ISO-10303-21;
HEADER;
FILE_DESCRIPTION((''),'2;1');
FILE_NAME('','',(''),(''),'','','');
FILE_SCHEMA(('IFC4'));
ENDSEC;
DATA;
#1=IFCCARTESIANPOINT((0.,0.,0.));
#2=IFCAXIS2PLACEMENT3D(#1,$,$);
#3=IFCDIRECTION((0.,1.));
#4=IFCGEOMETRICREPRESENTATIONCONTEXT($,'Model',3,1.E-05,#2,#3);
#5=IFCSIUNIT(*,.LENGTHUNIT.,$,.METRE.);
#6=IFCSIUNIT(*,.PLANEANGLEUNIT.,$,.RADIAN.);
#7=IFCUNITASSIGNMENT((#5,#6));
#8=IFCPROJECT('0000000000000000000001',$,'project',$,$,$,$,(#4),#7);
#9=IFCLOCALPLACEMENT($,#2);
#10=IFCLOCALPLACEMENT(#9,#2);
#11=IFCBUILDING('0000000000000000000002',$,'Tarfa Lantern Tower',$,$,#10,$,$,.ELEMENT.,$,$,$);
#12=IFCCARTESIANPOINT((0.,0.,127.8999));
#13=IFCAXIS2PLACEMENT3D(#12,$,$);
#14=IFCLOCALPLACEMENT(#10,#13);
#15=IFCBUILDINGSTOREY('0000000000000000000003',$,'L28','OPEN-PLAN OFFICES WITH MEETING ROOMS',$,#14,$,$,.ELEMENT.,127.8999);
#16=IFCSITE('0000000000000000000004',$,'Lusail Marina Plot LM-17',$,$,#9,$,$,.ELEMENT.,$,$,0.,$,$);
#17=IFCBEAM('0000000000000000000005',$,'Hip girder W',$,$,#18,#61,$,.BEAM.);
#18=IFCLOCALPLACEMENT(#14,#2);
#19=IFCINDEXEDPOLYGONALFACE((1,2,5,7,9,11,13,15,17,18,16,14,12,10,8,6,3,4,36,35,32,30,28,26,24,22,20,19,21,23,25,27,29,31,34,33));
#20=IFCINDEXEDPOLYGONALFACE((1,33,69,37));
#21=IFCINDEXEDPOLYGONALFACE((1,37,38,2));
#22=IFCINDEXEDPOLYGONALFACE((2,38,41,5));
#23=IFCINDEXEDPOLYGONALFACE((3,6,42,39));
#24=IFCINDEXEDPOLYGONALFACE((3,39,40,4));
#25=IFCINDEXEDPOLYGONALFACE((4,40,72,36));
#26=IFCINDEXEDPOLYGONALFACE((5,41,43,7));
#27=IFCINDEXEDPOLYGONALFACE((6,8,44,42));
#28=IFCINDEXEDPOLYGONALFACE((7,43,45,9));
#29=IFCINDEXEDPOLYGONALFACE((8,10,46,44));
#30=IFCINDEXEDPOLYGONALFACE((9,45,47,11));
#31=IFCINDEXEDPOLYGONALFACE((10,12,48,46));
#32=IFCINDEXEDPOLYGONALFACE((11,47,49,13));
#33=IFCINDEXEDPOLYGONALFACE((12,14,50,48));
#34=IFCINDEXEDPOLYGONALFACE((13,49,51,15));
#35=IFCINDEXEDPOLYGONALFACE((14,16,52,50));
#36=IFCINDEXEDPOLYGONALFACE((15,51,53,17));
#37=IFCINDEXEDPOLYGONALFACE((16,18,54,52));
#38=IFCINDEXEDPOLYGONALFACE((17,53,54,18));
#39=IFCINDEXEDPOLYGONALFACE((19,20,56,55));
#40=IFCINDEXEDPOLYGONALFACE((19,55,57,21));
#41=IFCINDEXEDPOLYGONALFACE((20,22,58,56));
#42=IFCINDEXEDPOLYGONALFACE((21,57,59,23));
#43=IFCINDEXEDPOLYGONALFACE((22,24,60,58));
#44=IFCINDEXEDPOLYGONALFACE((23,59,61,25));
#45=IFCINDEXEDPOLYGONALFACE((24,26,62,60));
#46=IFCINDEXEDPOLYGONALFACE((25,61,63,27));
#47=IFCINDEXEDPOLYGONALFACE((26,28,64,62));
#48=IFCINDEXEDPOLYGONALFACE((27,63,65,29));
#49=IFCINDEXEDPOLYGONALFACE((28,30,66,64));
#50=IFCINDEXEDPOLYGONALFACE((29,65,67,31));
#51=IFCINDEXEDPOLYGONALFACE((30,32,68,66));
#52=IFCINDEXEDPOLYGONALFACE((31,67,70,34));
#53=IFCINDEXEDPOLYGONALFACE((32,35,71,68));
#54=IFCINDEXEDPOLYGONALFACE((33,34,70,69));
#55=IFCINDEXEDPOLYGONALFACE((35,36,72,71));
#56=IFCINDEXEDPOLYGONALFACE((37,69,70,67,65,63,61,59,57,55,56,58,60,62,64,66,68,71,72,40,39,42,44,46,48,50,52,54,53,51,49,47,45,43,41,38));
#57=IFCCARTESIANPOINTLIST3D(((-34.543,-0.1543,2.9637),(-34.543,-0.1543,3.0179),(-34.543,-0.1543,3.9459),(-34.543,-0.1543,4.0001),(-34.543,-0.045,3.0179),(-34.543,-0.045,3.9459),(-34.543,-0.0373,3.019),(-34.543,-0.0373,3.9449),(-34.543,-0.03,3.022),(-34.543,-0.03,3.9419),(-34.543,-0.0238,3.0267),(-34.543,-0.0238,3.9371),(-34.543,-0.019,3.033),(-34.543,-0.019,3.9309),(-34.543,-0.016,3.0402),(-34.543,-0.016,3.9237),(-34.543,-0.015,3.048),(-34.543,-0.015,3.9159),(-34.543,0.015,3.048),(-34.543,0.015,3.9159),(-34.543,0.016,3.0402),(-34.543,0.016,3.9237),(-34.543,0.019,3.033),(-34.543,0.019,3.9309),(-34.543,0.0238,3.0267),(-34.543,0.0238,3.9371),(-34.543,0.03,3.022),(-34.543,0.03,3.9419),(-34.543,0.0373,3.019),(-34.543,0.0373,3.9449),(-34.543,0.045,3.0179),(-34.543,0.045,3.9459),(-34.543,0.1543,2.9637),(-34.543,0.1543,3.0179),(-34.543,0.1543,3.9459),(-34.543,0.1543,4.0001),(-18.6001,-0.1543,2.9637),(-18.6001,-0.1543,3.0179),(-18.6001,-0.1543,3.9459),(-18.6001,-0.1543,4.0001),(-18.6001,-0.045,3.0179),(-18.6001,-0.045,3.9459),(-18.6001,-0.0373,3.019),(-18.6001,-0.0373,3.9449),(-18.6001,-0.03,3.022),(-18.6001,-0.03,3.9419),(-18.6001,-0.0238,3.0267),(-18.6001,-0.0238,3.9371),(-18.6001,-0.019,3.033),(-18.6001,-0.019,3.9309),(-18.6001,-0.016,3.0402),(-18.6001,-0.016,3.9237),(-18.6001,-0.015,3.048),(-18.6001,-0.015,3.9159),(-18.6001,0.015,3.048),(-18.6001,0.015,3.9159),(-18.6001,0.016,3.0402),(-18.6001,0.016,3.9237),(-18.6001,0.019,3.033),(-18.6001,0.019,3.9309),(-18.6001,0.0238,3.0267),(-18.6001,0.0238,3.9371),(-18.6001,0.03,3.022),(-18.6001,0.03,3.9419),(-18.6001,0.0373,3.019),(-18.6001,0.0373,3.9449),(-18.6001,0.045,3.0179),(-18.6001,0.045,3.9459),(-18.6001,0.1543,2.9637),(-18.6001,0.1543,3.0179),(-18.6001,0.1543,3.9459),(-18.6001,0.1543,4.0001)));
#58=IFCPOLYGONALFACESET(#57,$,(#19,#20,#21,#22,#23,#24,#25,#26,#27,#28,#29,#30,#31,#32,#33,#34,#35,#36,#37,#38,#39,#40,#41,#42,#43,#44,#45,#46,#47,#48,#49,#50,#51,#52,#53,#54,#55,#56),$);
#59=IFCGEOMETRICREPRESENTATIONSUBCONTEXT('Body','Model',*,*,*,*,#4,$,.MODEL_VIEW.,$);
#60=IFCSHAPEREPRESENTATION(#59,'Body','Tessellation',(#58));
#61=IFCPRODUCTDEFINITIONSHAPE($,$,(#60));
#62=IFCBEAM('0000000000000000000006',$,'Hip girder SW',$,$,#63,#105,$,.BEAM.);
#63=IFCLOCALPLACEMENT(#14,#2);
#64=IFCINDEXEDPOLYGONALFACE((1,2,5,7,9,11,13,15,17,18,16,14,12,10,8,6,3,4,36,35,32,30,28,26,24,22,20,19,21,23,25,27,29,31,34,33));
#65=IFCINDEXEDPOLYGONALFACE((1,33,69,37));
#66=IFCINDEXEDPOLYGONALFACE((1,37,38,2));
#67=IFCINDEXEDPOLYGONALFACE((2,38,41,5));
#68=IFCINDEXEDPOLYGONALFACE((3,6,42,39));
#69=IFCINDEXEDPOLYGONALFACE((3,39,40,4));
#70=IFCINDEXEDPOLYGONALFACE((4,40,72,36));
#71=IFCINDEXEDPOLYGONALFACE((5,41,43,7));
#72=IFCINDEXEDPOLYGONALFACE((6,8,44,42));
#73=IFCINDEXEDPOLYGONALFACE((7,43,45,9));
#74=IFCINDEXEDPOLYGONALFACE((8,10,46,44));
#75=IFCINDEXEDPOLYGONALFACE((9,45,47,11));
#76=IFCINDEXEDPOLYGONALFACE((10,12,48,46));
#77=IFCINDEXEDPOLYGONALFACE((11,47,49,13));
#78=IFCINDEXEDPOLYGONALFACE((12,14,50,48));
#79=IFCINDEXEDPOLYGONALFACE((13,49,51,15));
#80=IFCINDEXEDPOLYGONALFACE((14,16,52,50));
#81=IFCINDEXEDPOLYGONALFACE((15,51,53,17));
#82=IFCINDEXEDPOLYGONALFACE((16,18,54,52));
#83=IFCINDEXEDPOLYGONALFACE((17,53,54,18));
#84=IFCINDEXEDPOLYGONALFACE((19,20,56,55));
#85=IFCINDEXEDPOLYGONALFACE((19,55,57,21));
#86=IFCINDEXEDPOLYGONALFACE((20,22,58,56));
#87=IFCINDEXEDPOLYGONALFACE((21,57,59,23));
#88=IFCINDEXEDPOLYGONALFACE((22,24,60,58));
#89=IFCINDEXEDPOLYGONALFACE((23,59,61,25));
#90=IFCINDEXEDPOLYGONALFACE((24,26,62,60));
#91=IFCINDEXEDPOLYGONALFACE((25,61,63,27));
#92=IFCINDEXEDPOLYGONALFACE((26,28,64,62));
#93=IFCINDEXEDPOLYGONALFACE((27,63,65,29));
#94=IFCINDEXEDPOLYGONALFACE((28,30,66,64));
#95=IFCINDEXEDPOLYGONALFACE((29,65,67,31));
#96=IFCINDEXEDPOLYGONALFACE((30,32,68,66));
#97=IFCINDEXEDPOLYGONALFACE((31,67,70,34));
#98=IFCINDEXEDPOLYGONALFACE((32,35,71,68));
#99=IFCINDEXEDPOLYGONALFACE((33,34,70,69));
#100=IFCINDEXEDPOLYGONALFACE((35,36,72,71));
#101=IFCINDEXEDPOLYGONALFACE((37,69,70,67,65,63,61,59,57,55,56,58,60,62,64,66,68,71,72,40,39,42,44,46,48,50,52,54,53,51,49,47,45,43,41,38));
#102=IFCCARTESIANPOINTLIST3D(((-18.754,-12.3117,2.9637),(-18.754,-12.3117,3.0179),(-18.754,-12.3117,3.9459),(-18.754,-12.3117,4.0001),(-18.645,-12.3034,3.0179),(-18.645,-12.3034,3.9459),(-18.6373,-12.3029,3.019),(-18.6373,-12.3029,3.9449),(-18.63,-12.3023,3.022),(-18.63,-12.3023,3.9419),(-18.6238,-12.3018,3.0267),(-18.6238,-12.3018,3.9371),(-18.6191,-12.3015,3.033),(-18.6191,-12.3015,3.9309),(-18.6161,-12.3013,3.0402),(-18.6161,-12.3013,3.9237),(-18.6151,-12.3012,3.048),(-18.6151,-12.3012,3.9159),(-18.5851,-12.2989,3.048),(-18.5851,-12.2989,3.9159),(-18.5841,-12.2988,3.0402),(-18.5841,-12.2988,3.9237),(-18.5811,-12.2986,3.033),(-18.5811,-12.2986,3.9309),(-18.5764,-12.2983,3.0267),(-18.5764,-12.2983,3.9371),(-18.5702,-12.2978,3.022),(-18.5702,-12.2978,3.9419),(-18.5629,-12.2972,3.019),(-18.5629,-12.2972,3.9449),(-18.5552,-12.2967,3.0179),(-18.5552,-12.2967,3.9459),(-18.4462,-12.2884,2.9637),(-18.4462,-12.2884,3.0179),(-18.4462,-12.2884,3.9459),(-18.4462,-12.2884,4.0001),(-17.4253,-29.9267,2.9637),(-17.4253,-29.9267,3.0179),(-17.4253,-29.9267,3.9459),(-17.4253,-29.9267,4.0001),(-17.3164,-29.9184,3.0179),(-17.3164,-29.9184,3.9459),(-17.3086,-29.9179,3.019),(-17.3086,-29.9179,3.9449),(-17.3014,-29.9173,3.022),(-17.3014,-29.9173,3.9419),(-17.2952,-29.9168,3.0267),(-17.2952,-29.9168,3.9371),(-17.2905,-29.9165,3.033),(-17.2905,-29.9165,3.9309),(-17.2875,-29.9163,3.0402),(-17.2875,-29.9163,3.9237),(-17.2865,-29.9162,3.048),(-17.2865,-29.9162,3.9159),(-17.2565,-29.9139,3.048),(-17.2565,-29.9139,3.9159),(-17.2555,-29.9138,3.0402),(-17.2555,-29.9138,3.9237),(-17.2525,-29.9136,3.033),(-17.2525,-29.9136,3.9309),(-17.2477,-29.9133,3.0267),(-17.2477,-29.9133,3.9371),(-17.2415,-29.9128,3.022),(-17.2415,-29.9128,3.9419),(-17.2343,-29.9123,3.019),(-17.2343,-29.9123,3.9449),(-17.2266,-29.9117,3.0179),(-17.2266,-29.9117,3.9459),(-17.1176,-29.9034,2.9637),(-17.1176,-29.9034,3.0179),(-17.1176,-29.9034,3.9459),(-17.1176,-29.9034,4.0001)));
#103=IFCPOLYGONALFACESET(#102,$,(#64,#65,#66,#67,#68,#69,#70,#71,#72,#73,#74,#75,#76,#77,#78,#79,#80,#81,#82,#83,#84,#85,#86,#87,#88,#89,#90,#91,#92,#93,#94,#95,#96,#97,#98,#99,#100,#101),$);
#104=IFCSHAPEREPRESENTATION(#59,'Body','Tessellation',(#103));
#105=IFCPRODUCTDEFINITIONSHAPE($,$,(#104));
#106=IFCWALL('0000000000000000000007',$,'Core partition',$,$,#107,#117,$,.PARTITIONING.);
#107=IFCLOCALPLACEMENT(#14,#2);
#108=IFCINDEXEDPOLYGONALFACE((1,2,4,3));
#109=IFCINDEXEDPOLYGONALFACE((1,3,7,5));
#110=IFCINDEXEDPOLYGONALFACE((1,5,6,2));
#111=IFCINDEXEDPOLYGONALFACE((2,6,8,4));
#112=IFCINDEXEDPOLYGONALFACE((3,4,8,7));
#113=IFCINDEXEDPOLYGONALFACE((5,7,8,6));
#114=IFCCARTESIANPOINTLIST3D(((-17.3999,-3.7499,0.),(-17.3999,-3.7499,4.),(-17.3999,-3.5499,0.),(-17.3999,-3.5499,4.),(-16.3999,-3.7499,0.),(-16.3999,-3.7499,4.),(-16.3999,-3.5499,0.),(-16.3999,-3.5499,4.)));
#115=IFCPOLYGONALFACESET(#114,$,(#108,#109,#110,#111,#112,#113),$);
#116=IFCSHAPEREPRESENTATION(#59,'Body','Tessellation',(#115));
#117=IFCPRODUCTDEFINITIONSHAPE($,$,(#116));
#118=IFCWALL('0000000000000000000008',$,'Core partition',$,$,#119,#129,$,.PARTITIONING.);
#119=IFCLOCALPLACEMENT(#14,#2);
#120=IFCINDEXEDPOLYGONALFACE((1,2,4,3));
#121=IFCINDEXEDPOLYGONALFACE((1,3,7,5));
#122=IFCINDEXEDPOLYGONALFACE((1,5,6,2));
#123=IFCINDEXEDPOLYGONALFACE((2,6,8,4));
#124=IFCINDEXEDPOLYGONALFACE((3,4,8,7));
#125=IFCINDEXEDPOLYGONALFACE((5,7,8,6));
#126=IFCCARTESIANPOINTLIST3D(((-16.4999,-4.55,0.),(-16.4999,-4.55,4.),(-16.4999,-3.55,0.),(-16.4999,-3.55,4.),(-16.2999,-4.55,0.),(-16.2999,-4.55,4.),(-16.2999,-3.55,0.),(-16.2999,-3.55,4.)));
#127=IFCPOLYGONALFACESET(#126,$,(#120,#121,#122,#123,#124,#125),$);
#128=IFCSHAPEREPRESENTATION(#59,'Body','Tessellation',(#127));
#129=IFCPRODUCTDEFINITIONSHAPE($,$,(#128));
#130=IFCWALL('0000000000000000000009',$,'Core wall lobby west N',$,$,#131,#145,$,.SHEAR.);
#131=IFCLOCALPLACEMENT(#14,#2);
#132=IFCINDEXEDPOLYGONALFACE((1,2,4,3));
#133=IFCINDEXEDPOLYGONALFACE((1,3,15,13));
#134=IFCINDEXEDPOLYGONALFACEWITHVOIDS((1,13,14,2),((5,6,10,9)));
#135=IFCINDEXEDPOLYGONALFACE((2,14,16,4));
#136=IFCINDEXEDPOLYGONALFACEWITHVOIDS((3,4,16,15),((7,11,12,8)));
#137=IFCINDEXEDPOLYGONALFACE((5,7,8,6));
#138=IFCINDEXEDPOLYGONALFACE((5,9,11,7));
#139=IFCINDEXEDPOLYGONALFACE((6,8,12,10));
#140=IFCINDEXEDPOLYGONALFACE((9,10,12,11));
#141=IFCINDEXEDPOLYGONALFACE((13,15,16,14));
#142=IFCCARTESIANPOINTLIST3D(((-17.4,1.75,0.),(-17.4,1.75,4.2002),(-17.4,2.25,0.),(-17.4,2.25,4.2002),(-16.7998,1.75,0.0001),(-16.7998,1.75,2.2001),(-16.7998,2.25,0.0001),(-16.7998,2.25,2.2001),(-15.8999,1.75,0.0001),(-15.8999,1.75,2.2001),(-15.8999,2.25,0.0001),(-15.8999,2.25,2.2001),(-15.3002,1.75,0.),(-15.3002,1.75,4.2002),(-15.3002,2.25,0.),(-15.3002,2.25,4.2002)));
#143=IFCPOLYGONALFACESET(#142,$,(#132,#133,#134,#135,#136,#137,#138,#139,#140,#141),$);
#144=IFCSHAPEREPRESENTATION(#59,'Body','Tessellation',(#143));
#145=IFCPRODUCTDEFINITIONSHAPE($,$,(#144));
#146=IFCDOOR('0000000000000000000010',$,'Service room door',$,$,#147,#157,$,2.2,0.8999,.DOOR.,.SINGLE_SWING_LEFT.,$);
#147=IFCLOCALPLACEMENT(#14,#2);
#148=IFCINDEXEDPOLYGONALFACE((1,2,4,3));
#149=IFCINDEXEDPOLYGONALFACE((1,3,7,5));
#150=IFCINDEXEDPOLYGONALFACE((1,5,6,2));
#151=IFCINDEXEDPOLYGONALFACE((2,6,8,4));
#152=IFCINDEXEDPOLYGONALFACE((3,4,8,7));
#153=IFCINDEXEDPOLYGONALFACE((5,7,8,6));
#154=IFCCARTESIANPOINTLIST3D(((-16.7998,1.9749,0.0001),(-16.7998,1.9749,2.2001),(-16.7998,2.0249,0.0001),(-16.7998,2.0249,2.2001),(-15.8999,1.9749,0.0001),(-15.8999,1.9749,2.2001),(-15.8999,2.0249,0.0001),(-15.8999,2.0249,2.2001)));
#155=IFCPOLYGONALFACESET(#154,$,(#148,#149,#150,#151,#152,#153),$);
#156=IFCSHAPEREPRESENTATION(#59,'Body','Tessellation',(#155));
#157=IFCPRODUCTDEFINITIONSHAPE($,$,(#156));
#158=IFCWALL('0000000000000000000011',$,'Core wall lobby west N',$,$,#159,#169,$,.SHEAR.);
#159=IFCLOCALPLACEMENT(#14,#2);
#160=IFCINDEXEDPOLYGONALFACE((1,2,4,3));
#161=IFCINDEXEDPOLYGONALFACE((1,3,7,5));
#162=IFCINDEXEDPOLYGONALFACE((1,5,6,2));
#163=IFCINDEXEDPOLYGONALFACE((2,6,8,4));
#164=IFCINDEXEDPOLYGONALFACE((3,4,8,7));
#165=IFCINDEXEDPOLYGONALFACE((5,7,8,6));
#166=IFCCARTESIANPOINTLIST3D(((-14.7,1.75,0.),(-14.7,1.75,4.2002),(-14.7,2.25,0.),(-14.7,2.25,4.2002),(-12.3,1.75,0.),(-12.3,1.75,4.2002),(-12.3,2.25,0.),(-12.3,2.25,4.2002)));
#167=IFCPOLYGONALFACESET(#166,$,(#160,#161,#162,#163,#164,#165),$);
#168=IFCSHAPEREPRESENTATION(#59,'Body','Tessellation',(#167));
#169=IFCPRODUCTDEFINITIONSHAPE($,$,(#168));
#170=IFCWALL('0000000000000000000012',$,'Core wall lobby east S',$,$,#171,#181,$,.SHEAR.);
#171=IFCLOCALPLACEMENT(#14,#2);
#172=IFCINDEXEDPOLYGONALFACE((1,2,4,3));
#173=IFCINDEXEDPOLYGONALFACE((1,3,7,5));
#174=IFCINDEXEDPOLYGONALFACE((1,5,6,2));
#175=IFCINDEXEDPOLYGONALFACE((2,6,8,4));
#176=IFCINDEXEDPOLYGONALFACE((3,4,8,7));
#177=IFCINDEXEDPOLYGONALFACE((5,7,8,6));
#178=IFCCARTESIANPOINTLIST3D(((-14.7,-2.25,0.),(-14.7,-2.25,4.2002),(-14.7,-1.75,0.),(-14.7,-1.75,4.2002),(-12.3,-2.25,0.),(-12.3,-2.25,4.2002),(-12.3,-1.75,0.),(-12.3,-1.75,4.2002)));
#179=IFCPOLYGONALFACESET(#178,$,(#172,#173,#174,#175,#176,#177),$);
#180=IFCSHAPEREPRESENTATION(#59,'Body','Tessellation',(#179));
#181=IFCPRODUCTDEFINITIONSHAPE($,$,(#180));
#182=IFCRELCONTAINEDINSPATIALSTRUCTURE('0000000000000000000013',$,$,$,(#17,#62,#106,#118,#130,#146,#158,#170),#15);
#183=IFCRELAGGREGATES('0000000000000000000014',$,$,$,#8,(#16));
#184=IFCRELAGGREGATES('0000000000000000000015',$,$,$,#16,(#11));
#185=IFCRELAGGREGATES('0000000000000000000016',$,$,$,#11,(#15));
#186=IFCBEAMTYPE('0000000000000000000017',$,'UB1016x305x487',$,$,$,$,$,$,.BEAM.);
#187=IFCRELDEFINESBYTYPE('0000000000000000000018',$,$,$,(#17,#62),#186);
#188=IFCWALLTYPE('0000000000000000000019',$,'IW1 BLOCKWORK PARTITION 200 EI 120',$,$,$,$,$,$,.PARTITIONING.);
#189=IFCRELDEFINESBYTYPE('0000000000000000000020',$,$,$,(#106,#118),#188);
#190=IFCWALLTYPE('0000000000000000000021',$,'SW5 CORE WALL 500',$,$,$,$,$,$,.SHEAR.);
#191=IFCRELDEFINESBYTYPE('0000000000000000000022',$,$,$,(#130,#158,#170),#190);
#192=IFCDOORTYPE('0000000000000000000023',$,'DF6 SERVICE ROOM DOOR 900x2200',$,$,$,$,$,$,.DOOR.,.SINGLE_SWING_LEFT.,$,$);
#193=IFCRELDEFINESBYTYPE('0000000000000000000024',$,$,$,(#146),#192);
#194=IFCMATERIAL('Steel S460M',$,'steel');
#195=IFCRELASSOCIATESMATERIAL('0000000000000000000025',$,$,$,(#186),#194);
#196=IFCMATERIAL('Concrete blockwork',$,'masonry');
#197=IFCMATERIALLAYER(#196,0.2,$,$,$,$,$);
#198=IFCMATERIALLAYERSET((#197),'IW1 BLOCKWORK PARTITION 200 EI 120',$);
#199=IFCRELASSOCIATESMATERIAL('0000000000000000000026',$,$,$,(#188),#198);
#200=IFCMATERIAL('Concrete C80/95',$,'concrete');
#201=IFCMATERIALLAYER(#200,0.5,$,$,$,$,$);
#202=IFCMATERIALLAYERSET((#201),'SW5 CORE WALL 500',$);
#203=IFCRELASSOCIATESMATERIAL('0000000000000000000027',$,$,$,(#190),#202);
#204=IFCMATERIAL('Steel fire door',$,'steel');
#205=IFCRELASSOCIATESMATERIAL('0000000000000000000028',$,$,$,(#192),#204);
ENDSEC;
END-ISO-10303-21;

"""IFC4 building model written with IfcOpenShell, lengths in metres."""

from ifc_helpers import new_model, si_unit, direction, frame, frame_2d, origin, origin_2d, place, context, subcontext, project, spatial, rectangle, i_section, extrude, material, layer, layer_set, material_profile, profile_set, type_object, element, fill, save


model = new_model("IFC4")

# Units and contexts
model_context = context("Model", 3, precision=1e-05, world=origin(), true_north=direction((0.0, 1.0)))
body_context = subcontext(model_context, "Body", "Model", "MODEL_VIEW")
ifc_project = project(units=[si_unit("LENGTHUNIT", "METRE"), si_unit("PLANEANGLEUNIT", "RADIAN")], contexts=[model_context])

# Site, building, storey
site_placement = place(None, origin())
site = spatial("IfcSite", under=ifc_project, at=site_placement, Name="Lusail Marina Plot LM-17", CompositionType="ELEMENT", RefElevation=0.0)
building_placement = place(site_placement, origin())
building = spatial("IfcBuilding", under=site, at=building_placement, Name="Tarfa Lantern Tower", CompositionType="ELEMENT")
storey_placement = place(building_placement, frame((0.0, 0.0, 127.8999)))
storey = spatial("IfcBuildingStorey", under=building, at=storey_placement, Name="L28", Description="OPEN-PLAN OFFICES WITH MEETING ROOMS", CompositionType="ELEMENT", Elevation=127.8999)

# Beams
ifc_material_1 = material(Name="Steel S460M", Category="steel")
ifc_material_profile = material_profile(ifc_material_1, i_section(OverallWidth=0.3086, OverallDepth=1.0364, WebThickness=0.03, FlangeThickness=0.0542, FilletRadius=0.03, at=origin_2d()), Name="UB1016x305x487")
ifc_profile_set = profile_set([ifc_material_profile], Name="Steel S460M")
beam_type = type_object("IfcBeamType", Name="UB1016x305x487", PredefinedType="BEAM", material=ifc_profile_set)
beam_1_placement = place(storey_placement, frame((-18.6001, 0.0, 3.4819), z_axis=(-1.0, 0.0, 0.0), x_axis=(0.0, -1.0, 0.0)))
element("IfcBeam", 1, at=beam_1_placement, inside=storey, type_object=beam_type, Name="Hip girder W", PredefinedType="BEAM", context=body_context, shape_type="SweptSolid", body=[
    extrude(i_section(OverallWidth=0.3086, OverallDepth=1.0364, WebThickness=0.03, FlangeThickness=0.0542, FilletRadius=0.03, at=origin_2d()), origin(), (0.0, 0.0, 1.0), 15.9429),
])
beam_2_placement = place(storey_placement, frame((-18.6001, -12.3, 3.4819), z_axis=(0.075212, -0.997168, 0.0), x_axis=(0.997168, 0.075212, 0.0)))
element("IfcBeam", 2, at=beam_2_placement, inside=storey, type_object=beam_type, Name="Hip girder SW", PredefinedType="BEAM", context=body_context, shape_type="SweptSolid", body=[
    extrude(i_section(OverallWidth=0.3086, OverallDepth=1.0364, WebThickness=0.03, FlangeThickness=0.0542, FilletRadius=0.03, at=origin_2d()), origin(), (0.0, 0.0, 1.0), 17.665),
])

# Walls
ifc_material_2 = material(Name="Concrete blockwork", Category="masonry")
ifc_layer_1 = layer(ifc_material_2, 0.2)
ifc_layer_set_1 = layer_set([ifc_layer_1], Name="IW1 BLOCKWORK PARTITION 200 EI 120")
wall_type_1 = type_object("IfcWallType", Name="IW1 BLOCKWORK PARTITION 200 EI 120", PredefinedType="PARTITIONING", material=ifc_layer_set_1)
for number, where, z_axis, x_axis, name in (
    (3, (-16.3999, -3.6499, 0.0), (0.0, 0.0, 1.0), (-1.0, 0.0, 0.0), "Core partition"),
    (4, (-16.3999, -3.55, 0.0), (0.0, 0.0, 1.0), (0.0, -1.0, 0.0), "Core partition"),
):
    element("IfcWall", number, at=place(storey_placement, frame(where, z_axis=z_axis, x_axis=x_axis)), inside=storey, type_object=wall_type_1, Name=name, PredefinedType="PARTITIONING", context=body_context, shape_type="SweptSolid", body=[
        extrude(rectangle(XDim=1.0, YDim=0.2, at=frame_2d((0.5, 0.0))), origin(), (0.0, 0.0, 1.0), 4.0),
    ])

# Wall, opening, door
ifc_material_3 = material(Name="Concrete C80/95", Category="concrete")
ifc_layer_2 = layer(ifc_material_3, 0.5)
ifc_layer_set_2 = layer_set([ifc_layer_2], Name="SW5 CORE WALL 500")
wall_type_2 = type_object("IfcWallType", Name="SW5 CORE WALL 500", PredefinedType="SHEAR", material=ifc_layer_set_2)
wall_1_placement = place(storey_placement, frame((-17.3999, 2.0, 0.0), z_axis=(0.0, 0.0, 1.0), x_axis=(1.0, 0.0, 0.0)))
wall_1 = element("IfcWall", 5, at=wall_1_placement, inside=storey, type_object=wall_type_2, Name="Core wall lobby west N", PredefinedType="SHEAR", context=body_context, shape_type="SweptSolid", body=[
    extrude(rectangle(XDim=2.0999, YDim=0.5, at=frame_2d((1.0498, 0.0))), origin(), (0.0, 0.0, 1.0), 4.2002),
])
opening_1_placement = place(wall_1_placement, frame((0.6001, 0.0, 0.0)))
opening_1 = element("IfcOpeningElement", 6, at=opening_1_placement, cuts=wall_1, PredefinedType="OPENING", context=body_context, shape_type="SweptSolid", body=[
    extrude(rectangle(XDim=0.8999, YDim=2.2, at=frame_2d((0.45, 1.1001))), frame((0.0, 0.26, 0.0), z_axis=(0.0, -1.0, 0.0), x_axis=(1.0, 0.0, 0.0)), (0.0, 0.0, 1.0), 0.52),
])
ifc_material_4 = material(Name="Steel fire door", Category="steel")
door_type_1 = type_object("IfcDoorType", Name="DF6 SERVICE ROOM DOOR 900x2200", OperationType="SINGLE_SWING_LEFT", PredefinedType="DOOR", material=ifc_material_4)
door_1_placement = place(opening_1_placement, origin())
door_1 = element("IfcDoor", 7, at=door_1_placement, inside=storey, type_object=door_type_1, Name="Service room door", OperationType="SINGLE_SWING_LEFT", OverallHeight=2.2, OverallWidth=0.8999, PredefinedType="DOOR", context=body_context, shape_type="SweptSolid", body=[
    extrude(rectangle(XDim=0.8999, YDim=2.2, at=frame_2d((0.45, 1.1001))), frame((0.0, 0.0249, 0.0), z_axis=(0.0, -1.0, 0.0), x_axis=(1.0, 0.0, 0.0)), (0.0, 0.0, 1.0), 0.05),
])
fill(opening_1, door_1)

# Walls
for number, where, z_axis, x_axis, name in (
    (8, (-14.7, 2.0, 0.0), (0.0, 0.0, 1.0), (1.0, 0.0, 0.0), "Core wall lobby west N"),
    (9, (-12.3, -2.0, 0.0), (0.0, 0.0, 1.0), (-1.0, 0.0, 0.0), "Core wall lobby east S"),
):
    element("IfcWall", number, at=place(storey_placement, frame(where, z_axis=z_axis, x_axis=x_axis)), inside=storey, type_object=wall_type_2, Name=name, PredefinedType="SHEAR", context=body_context, shape_type="SweptSolid", body=[
        extrude(rectangle(XDim=2.3999, YDim=0.5, at=frame_2d((1.2, 0.0))), origin(), (0.0, 0.0, 1.0), 4.2002),
    ])

save(model, "model.ifc")
